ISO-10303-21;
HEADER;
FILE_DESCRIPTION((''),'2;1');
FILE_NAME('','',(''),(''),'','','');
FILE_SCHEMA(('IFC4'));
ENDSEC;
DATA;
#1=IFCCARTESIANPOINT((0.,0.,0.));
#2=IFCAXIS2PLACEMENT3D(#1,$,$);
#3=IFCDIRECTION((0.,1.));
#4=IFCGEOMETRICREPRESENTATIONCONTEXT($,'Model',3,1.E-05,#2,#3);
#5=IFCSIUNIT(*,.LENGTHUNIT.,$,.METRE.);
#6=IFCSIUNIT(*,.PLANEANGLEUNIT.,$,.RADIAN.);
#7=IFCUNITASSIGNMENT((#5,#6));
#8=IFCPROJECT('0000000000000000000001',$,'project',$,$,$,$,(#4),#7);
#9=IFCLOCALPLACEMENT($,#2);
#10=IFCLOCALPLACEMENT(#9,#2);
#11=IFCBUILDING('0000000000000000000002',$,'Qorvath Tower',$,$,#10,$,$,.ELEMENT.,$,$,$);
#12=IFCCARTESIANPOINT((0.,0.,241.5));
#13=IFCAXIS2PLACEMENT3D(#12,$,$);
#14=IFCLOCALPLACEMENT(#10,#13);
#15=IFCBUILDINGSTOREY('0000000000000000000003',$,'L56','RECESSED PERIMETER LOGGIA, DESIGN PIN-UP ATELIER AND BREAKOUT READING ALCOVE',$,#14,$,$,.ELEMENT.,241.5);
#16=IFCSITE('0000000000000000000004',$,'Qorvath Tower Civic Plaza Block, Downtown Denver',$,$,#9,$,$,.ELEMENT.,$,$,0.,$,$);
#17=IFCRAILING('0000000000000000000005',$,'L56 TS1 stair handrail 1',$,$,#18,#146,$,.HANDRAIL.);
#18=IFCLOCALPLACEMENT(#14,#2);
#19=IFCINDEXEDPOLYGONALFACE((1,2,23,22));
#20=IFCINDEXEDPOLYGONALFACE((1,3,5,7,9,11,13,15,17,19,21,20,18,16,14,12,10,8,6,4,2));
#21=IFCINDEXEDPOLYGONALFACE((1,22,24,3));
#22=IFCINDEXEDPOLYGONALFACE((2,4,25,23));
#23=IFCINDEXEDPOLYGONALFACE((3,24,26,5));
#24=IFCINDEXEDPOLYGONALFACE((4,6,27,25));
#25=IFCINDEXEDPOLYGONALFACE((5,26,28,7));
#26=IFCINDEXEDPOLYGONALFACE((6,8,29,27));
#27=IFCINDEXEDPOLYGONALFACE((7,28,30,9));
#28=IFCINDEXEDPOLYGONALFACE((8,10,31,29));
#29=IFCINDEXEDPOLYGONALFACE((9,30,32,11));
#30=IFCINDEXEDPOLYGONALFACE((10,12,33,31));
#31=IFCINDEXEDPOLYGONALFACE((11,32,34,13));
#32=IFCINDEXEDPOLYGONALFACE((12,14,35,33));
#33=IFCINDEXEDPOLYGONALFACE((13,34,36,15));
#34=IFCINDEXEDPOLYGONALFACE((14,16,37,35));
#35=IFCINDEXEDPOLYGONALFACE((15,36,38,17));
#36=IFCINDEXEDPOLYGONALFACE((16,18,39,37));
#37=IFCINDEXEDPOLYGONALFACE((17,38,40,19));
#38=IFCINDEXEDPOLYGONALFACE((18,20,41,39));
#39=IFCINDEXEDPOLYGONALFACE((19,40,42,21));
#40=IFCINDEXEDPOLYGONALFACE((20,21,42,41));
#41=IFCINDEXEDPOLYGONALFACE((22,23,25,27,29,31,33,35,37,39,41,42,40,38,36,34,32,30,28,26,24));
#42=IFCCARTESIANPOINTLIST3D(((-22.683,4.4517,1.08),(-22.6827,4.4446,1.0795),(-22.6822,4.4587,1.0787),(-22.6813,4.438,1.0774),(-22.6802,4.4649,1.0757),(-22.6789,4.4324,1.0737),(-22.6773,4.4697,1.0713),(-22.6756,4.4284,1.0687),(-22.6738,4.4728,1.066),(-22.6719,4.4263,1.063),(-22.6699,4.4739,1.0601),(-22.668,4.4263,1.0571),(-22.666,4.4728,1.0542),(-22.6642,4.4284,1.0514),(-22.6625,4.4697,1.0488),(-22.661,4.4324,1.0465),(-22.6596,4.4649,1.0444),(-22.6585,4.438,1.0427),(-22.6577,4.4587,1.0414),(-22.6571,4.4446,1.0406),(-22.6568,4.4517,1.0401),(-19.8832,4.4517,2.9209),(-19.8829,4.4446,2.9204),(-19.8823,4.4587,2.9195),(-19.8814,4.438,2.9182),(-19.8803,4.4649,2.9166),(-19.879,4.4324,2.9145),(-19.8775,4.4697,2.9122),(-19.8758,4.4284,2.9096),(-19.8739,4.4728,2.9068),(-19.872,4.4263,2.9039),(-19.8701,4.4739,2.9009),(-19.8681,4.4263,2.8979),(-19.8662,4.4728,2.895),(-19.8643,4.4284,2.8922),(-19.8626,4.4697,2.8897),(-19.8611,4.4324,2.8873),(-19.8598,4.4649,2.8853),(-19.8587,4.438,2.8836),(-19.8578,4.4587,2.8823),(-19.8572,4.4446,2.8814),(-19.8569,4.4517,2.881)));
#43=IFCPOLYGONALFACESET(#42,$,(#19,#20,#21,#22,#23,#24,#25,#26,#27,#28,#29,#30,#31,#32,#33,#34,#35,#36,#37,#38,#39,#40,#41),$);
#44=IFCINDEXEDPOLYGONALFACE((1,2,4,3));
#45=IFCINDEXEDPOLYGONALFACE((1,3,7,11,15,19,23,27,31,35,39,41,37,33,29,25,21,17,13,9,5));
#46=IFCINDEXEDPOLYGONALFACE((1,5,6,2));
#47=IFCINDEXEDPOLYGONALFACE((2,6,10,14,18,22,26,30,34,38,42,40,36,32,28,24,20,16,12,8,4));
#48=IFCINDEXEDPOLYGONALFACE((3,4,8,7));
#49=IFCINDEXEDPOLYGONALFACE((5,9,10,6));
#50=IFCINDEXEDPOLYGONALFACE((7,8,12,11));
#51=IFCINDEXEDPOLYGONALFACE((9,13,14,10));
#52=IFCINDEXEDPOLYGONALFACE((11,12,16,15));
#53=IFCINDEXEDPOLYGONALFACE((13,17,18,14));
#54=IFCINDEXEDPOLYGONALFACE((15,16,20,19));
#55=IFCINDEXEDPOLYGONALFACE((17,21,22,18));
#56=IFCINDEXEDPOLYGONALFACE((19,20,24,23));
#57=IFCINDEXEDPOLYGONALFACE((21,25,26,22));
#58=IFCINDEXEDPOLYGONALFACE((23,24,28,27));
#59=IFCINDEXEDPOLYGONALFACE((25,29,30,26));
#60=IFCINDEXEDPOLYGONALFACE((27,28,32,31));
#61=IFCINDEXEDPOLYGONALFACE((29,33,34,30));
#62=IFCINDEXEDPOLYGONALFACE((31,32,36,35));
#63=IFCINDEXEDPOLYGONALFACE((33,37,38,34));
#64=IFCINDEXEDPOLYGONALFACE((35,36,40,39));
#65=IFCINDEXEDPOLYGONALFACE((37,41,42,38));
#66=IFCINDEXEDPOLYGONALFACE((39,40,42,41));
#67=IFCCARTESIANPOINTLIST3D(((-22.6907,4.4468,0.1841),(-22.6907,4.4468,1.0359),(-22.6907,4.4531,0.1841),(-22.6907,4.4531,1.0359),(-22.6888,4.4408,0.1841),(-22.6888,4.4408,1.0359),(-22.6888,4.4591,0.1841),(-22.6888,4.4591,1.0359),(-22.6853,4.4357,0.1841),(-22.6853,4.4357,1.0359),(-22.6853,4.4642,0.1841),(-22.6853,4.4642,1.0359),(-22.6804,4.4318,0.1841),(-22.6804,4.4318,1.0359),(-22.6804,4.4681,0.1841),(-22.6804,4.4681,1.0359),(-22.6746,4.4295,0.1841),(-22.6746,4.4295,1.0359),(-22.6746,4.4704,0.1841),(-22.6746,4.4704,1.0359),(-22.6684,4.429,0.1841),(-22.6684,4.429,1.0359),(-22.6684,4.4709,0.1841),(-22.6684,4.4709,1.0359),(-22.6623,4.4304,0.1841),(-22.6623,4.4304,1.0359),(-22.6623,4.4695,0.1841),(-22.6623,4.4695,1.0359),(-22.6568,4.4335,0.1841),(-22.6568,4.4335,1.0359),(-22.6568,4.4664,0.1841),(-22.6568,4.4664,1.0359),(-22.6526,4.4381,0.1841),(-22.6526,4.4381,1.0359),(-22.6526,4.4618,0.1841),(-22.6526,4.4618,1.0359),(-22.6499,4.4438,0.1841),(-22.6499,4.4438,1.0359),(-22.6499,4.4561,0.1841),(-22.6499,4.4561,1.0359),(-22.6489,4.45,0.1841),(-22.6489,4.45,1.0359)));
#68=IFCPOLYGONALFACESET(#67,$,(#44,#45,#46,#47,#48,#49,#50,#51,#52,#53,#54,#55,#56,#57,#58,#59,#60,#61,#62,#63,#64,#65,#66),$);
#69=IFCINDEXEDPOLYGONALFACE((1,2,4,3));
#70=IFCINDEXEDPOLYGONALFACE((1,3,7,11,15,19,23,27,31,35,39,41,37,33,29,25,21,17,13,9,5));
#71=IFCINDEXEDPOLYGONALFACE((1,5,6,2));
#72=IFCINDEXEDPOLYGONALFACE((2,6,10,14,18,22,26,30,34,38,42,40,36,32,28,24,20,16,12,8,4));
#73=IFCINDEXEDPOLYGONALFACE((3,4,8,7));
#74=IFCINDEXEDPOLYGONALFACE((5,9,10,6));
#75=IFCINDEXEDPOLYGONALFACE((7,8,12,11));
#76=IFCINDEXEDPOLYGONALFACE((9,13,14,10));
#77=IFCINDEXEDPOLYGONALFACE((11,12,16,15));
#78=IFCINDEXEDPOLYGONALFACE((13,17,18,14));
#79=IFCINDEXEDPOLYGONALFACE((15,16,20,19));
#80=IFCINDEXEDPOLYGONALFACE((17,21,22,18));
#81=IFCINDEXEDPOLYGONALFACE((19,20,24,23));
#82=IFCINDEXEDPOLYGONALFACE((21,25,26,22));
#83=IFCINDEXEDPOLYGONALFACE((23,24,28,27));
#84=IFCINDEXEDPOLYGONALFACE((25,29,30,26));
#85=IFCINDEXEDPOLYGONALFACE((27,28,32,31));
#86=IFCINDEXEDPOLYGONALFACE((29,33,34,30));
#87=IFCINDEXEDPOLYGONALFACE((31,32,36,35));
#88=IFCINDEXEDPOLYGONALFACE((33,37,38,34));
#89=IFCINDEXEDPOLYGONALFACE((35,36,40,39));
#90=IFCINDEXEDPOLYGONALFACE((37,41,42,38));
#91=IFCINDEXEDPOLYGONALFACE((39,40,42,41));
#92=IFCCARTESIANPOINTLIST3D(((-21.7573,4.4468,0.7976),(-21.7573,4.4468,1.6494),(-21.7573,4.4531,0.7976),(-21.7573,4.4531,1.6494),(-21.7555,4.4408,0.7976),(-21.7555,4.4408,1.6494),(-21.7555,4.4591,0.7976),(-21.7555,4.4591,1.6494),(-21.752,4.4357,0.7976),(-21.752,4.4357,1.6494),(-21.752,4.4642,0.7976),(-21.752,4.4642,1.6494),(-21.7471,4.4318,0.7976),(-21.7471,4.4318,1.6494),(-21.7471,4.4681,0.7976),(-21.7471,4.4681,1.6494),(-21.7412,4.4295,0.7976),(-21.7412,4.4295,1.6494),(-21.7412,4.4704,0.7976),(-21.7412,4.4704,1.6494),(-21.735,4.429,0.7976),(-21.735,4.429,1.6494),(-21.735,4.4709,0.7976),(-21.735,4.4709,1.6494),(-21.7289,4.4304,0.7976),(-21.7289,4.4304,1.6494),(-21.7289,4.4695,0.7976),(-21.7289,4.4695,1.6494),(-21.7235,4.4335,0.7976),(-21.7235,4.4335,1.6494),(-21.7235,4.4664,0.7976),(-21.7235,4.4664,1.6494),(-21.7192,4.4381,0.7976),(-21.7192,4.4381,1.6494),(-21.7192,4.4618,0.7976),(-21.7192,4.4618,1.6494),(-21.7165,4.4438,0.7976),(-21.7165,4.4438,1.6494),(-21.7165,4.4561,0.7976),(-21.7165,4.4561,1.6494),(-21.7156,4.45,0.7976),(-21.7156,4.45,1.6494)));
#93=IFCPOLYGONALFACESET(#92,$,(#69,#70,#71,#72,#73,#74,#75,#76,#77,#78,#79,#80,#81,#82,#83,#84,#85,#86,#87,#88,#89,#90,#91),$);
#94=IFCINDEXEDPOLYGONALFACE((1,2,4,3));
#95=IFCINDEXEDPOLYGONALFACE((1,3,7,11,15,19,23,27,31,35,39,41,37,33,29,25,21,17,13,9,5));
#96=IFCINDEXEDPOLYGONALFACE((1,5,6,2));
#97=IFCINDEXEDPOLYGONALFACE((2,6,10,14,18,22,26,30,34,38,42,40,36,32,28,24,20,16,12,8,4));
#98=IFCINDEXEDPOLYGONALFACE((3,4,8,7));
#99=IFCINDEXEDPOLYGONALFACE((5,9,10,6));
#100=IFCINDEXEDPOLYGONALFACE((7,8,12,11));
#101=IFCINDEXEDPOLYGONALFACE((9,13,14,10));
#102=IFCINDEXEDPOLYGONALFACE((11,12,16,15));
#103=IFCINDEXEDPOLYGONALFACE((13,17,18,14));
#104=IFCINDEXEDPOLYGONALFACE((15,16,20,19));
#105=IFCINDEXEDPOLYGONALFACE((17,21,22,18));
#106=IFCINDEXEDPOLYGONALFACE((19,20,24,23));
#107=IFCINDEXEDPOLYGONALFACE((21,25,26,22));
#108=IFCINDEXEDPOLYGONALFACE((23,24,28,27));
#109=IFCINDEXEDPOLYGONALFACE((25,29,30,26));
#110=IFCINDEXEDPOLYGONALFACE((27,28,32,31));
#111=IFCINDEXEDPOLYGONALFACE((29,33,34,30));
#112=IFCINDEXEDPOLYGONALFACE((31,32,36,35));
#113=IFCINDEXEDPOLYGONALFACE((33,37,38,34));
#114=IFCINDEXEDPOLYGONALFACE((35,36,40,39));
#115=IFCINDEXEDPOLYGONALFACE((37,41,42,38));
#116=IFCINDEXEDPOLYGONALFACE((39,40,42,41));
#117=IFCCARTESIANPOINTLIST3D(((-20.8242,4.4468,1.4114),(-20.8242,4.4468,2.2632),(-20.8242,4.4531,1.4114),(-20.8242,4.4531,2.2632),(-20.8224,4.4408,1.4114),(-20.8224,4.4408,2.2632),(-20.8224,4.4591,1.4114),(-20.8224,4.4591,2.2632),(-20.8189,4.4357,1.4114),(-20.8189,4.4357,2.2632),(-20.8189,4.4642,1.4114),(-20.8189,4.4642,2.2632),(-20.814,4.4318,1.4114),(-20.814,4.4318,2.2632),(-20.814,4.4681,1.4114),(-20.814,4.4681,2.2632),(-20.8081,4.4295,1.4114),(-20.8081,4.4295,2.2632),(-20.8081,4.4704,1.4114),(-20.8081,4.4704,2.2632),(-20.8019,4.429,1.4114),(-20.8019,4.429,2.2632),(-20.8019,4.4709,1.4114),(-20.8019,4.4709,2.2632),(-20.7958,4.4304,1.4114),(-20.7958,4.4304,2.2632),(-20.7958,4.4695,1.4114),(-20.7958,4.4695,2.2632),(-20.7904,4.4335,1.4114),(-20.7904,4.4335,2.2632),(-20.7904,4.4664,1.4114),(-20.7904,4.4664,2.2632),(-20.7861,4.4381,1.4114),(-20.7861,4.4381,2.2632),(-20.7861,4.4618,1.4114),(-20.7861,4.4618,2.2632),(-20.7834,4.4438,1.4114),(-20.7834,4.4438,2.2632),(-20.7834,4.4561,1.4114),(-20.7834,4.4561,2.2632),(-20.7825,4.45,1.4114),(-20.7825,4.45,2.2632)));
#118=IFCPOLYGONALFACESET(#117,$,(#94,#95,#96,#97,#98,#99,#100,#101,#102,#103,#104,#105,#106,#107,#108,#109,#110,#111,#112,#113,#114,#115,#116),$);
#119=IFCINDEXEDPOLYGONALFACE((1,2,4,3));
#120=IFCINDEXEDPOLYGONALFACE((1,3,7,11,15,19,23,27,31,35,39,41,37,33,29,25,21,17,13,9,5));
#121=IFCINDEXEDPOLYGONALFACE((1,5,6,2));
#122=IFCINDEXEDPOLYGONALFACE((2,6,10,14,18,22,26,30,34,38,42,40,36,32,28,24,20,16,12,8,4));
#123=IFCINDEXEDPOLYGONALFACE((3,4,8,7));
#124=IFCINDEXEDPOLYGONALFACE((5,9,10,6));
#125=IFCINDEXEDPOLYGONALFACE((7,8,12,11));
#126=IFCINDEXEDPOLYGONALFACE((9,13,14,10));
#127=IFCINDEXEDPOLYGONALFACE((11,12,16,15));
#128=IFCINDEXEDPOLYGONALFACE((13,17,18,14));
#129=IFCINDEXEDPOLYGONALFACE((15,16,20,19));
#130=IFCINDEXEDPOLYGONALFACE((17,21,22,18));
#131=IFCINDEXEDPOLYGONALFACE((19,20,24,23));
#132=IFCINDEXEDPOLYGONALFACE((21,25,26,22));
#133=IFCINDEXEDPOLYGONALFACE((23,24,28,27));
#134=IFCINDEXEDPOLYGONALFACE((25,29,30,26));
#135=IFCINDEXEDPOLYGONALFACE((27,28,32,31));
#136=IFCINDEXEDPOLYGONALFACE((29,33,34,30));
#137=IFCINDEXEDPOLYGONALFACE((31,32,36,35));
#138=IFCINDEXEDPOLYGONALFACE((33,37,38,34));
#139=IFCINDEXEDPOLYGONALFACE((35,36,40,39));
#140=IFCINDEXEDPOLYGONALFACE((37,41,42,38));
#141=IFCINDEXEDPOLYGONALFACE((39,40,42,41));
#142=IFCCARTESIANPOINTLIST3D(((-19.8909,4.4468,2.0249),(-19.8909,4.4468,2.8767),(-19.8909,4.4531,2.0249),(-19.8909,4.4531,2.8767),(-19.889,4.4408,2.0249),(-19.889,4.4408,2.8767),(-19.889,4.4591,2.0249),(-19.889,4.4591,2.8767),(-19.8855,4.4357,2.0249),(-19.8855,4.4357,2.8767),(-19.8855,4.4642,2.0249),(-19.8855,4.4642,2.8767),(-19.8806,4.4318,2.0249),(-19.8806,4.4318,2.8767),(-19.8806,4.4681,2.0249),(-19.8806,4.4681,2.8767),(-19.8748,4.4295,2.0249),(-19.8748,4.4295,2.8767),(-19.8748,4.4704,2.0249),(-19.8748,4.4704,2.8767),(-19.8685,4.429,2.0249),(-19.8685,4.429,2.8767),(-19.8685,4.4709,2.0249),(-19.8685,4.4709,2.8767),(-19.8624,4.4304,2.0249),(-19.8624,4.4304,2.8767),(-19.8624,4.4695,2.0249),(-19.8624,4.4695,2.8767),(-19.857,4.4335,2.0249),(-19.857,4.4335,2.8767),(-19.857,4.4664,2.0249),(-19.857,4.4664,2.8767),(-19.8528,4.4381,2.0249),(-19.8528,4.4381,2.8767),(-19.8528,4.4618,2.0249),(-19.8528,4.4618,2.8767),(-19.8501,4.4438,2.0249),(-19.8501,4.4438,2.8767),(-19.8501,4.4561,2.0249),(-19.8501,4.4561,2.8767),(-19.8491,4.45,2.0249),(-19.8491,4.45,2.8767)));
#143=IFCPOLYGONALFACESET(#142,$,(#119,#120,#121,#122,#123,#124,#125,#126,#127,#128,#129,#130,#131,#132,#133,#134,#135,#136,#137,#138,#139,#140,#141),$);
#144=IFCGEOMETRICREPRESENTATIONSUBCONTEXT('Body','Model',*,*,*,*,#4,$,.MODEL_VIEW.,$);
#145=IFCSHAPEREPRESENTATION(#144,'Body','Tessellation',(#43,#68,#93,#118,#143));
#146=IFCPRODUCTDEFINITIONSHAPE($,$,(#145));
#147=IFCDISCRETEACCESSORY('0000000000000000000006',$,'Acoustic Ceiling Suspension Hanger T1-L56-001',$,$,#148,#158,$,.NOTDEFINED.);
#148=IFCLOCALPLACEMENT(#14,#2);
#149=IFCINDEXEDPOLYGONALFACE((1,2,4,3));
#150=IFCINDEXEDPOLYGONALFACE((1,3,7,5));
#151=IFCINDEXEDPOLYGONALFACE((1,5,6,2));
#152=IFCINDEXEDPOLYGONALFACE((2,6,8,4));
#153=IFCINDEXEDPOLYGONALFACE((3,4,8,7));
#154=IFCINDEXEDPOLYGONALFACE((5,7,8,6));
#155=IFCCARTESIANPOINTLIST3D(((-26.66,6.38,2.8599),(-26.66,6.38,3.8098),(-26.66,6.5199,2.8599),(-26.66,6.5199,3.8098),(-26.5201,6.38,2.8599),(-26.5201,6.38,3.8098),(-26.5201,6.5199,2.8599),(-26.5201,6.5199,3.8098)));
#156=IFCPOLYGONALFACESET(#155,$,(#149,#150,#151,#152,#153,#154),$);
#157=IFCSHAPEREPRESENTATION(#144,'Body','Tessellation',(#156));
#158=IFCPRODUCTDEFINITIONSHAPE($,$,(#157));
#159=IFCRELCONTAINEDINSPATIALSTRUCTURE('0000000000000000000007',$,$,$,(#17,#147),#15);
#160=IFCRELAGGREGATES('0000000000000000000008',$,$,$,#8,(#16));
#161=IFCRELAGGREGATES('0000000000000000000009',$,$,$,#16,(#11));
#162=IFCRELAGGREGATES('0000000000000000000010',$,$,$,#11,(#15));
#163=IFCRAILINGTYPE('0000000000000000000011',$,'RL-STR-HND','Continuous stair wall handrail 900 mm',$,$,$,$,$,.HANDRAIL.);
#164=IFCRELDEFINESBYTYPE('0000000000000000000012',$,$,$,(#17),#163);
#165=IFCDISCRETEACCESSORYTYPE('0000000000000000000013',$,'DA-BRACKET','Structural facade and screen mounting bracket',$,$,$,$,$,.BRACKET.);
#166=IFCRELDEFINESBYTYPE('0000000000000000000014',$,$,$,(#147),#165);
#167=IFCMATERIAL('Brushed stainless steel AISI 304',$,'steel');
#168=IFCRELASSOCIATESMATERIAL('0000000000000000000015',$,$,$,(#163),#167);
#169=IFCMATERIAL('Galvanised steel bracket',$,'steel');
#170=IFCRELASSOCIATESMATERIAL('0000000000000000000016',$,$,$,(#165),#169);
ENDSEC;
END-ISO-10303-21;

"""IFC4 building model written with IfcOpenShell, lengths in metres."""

from ifc_helpers import new_model, si_unit, direction, frame, origin, origin_2d, place, context, subcontext, project, spatial, rectangle, circle, extrude, material, type_object, element, save


model = new_model("IFC4")

# Units and contexts
model_context = context("Model", 3, precision=1e-05, world=origin(), true_north=direction((0.0, 1.0)))
body_context = subcontext(model_context, "Body", "Model", "MODEL_VIEW")
ifc_project = project(units=[si_unit("LENGTHUNIT", "METRE"), si_unit("PLANEANGLEUNIT", "RADIAN")], contexts=[model_context])

# Site, building, storey
site_placement = place(None, origin())
site = spatial("IfcSite", under=ifc_project, at=site_placement, Name="Qorvath Tower Civic Plaza Block, Downtown Denver", CompositionType="ELEMENT", RefElevation=0.0)
building_placement = place(site_placement, origin())
building = spatial("IfcBuilding", under=site, at=building_placement, Name="Qorvath Tower", CompositionType="ELEMENT")
storey_placement = place(building_placement, frame((0.0, 0.0, 241.5)))
storey = spatial("IfcBuildingStorey", under=building, at=storey_placement, Name="L56", Description="RECESSED PERIMETER LOGGIA, DESIGN PIN-UP ATELIER AND BREAKOUT READING ALCOVE", CompositionType="ELEMENT", Elevation=241.5)

# Railing
ifc_material_1 = material(Name="Brushed stainless steel AISI 304", Category="steel")
railing_type_1 = type_object("IfcRailingType", Name="RL-STR-HND", Description="Continuous stair wall handrail 900 mm", PredefinedType="HANDRAIL", material=ifc_material_1)
railing_1_placement = place(storey_placement, frame((-22.6699, 4.45, 0.1841)))
element("IfcRailing", 1, at=railing_1_placement, inside=storey, type_object=railing_type_1, Name="L56 TS1 stair handrail 1", PredefinedType="HANDRAIL", context=body_context, shape_type="SweptSolid", body=[
    extrude(circle(Radius=0.0239, at=origin_2d()), frame((0.0, 0.0, 0.876), z_axis=(0.835576, 0.0, 0.549376), x_axis=(0.0, 1.0, 0.0)), (0.0, 0.0, 1.0), 3.3508),
    extrude(circle(Radius=0.021, at=origin_2d()), origin(), (0.0, 0.0, 1.0), 0.8518),
    extrude(circle(Radius=0.021, at=origin_2d()), frame((0.9333, 0.0, 0.6135)), (0.0, 0.0, 1.0), 0.8518),
    extrude(circle(Radius=0.021, at=origin_2d()), frame((1.8665, 0.0, 1.2273)), (0.0, 0.0, 1.0), 0.8518),
    extrude(circle(Radius=0.021, at=origin_2d()), frame((2.7998, 0.0, 1.8408)), (0.0, 0.0, 1.0), 0.8518),
])

# Discrete accessory
ifc_material_2 = material(Name="Galvanised steel bracket", Category="steel")
discrete_accessory_type = type_object("IfcDiscreteAccessoryType", Name="DA-BRACKET", Description="Structural facade and screen mounting bracket", PredefinedType="BRACKET", material=ifc_material_2)
discrete_accessory_placement = place(storey_placement, frame((-26.5901, 6.45, 2.8599), z_axis=(0.0, 0.0, 1.0), x_axis=(1.0, 0.0, 0.0)))
element("IfcDiscreteAccessory", 2, at=discrete_accessory_placement, inside=storey, type_object=discrete_accessory_type, Name="Acoustic Ceiling Suspension Hanger T1-L56-001", PredefinedType="NOTDEFINED", context=body_context, shape_type="SweptSolid", body=[
    extrude(rectangle(XDim=0.1399, YDim=0.1399, at=origin_2d()), origin(), (0.0, 0.0, 1.0), 0.95),
])

save(model, "model.ifc")
